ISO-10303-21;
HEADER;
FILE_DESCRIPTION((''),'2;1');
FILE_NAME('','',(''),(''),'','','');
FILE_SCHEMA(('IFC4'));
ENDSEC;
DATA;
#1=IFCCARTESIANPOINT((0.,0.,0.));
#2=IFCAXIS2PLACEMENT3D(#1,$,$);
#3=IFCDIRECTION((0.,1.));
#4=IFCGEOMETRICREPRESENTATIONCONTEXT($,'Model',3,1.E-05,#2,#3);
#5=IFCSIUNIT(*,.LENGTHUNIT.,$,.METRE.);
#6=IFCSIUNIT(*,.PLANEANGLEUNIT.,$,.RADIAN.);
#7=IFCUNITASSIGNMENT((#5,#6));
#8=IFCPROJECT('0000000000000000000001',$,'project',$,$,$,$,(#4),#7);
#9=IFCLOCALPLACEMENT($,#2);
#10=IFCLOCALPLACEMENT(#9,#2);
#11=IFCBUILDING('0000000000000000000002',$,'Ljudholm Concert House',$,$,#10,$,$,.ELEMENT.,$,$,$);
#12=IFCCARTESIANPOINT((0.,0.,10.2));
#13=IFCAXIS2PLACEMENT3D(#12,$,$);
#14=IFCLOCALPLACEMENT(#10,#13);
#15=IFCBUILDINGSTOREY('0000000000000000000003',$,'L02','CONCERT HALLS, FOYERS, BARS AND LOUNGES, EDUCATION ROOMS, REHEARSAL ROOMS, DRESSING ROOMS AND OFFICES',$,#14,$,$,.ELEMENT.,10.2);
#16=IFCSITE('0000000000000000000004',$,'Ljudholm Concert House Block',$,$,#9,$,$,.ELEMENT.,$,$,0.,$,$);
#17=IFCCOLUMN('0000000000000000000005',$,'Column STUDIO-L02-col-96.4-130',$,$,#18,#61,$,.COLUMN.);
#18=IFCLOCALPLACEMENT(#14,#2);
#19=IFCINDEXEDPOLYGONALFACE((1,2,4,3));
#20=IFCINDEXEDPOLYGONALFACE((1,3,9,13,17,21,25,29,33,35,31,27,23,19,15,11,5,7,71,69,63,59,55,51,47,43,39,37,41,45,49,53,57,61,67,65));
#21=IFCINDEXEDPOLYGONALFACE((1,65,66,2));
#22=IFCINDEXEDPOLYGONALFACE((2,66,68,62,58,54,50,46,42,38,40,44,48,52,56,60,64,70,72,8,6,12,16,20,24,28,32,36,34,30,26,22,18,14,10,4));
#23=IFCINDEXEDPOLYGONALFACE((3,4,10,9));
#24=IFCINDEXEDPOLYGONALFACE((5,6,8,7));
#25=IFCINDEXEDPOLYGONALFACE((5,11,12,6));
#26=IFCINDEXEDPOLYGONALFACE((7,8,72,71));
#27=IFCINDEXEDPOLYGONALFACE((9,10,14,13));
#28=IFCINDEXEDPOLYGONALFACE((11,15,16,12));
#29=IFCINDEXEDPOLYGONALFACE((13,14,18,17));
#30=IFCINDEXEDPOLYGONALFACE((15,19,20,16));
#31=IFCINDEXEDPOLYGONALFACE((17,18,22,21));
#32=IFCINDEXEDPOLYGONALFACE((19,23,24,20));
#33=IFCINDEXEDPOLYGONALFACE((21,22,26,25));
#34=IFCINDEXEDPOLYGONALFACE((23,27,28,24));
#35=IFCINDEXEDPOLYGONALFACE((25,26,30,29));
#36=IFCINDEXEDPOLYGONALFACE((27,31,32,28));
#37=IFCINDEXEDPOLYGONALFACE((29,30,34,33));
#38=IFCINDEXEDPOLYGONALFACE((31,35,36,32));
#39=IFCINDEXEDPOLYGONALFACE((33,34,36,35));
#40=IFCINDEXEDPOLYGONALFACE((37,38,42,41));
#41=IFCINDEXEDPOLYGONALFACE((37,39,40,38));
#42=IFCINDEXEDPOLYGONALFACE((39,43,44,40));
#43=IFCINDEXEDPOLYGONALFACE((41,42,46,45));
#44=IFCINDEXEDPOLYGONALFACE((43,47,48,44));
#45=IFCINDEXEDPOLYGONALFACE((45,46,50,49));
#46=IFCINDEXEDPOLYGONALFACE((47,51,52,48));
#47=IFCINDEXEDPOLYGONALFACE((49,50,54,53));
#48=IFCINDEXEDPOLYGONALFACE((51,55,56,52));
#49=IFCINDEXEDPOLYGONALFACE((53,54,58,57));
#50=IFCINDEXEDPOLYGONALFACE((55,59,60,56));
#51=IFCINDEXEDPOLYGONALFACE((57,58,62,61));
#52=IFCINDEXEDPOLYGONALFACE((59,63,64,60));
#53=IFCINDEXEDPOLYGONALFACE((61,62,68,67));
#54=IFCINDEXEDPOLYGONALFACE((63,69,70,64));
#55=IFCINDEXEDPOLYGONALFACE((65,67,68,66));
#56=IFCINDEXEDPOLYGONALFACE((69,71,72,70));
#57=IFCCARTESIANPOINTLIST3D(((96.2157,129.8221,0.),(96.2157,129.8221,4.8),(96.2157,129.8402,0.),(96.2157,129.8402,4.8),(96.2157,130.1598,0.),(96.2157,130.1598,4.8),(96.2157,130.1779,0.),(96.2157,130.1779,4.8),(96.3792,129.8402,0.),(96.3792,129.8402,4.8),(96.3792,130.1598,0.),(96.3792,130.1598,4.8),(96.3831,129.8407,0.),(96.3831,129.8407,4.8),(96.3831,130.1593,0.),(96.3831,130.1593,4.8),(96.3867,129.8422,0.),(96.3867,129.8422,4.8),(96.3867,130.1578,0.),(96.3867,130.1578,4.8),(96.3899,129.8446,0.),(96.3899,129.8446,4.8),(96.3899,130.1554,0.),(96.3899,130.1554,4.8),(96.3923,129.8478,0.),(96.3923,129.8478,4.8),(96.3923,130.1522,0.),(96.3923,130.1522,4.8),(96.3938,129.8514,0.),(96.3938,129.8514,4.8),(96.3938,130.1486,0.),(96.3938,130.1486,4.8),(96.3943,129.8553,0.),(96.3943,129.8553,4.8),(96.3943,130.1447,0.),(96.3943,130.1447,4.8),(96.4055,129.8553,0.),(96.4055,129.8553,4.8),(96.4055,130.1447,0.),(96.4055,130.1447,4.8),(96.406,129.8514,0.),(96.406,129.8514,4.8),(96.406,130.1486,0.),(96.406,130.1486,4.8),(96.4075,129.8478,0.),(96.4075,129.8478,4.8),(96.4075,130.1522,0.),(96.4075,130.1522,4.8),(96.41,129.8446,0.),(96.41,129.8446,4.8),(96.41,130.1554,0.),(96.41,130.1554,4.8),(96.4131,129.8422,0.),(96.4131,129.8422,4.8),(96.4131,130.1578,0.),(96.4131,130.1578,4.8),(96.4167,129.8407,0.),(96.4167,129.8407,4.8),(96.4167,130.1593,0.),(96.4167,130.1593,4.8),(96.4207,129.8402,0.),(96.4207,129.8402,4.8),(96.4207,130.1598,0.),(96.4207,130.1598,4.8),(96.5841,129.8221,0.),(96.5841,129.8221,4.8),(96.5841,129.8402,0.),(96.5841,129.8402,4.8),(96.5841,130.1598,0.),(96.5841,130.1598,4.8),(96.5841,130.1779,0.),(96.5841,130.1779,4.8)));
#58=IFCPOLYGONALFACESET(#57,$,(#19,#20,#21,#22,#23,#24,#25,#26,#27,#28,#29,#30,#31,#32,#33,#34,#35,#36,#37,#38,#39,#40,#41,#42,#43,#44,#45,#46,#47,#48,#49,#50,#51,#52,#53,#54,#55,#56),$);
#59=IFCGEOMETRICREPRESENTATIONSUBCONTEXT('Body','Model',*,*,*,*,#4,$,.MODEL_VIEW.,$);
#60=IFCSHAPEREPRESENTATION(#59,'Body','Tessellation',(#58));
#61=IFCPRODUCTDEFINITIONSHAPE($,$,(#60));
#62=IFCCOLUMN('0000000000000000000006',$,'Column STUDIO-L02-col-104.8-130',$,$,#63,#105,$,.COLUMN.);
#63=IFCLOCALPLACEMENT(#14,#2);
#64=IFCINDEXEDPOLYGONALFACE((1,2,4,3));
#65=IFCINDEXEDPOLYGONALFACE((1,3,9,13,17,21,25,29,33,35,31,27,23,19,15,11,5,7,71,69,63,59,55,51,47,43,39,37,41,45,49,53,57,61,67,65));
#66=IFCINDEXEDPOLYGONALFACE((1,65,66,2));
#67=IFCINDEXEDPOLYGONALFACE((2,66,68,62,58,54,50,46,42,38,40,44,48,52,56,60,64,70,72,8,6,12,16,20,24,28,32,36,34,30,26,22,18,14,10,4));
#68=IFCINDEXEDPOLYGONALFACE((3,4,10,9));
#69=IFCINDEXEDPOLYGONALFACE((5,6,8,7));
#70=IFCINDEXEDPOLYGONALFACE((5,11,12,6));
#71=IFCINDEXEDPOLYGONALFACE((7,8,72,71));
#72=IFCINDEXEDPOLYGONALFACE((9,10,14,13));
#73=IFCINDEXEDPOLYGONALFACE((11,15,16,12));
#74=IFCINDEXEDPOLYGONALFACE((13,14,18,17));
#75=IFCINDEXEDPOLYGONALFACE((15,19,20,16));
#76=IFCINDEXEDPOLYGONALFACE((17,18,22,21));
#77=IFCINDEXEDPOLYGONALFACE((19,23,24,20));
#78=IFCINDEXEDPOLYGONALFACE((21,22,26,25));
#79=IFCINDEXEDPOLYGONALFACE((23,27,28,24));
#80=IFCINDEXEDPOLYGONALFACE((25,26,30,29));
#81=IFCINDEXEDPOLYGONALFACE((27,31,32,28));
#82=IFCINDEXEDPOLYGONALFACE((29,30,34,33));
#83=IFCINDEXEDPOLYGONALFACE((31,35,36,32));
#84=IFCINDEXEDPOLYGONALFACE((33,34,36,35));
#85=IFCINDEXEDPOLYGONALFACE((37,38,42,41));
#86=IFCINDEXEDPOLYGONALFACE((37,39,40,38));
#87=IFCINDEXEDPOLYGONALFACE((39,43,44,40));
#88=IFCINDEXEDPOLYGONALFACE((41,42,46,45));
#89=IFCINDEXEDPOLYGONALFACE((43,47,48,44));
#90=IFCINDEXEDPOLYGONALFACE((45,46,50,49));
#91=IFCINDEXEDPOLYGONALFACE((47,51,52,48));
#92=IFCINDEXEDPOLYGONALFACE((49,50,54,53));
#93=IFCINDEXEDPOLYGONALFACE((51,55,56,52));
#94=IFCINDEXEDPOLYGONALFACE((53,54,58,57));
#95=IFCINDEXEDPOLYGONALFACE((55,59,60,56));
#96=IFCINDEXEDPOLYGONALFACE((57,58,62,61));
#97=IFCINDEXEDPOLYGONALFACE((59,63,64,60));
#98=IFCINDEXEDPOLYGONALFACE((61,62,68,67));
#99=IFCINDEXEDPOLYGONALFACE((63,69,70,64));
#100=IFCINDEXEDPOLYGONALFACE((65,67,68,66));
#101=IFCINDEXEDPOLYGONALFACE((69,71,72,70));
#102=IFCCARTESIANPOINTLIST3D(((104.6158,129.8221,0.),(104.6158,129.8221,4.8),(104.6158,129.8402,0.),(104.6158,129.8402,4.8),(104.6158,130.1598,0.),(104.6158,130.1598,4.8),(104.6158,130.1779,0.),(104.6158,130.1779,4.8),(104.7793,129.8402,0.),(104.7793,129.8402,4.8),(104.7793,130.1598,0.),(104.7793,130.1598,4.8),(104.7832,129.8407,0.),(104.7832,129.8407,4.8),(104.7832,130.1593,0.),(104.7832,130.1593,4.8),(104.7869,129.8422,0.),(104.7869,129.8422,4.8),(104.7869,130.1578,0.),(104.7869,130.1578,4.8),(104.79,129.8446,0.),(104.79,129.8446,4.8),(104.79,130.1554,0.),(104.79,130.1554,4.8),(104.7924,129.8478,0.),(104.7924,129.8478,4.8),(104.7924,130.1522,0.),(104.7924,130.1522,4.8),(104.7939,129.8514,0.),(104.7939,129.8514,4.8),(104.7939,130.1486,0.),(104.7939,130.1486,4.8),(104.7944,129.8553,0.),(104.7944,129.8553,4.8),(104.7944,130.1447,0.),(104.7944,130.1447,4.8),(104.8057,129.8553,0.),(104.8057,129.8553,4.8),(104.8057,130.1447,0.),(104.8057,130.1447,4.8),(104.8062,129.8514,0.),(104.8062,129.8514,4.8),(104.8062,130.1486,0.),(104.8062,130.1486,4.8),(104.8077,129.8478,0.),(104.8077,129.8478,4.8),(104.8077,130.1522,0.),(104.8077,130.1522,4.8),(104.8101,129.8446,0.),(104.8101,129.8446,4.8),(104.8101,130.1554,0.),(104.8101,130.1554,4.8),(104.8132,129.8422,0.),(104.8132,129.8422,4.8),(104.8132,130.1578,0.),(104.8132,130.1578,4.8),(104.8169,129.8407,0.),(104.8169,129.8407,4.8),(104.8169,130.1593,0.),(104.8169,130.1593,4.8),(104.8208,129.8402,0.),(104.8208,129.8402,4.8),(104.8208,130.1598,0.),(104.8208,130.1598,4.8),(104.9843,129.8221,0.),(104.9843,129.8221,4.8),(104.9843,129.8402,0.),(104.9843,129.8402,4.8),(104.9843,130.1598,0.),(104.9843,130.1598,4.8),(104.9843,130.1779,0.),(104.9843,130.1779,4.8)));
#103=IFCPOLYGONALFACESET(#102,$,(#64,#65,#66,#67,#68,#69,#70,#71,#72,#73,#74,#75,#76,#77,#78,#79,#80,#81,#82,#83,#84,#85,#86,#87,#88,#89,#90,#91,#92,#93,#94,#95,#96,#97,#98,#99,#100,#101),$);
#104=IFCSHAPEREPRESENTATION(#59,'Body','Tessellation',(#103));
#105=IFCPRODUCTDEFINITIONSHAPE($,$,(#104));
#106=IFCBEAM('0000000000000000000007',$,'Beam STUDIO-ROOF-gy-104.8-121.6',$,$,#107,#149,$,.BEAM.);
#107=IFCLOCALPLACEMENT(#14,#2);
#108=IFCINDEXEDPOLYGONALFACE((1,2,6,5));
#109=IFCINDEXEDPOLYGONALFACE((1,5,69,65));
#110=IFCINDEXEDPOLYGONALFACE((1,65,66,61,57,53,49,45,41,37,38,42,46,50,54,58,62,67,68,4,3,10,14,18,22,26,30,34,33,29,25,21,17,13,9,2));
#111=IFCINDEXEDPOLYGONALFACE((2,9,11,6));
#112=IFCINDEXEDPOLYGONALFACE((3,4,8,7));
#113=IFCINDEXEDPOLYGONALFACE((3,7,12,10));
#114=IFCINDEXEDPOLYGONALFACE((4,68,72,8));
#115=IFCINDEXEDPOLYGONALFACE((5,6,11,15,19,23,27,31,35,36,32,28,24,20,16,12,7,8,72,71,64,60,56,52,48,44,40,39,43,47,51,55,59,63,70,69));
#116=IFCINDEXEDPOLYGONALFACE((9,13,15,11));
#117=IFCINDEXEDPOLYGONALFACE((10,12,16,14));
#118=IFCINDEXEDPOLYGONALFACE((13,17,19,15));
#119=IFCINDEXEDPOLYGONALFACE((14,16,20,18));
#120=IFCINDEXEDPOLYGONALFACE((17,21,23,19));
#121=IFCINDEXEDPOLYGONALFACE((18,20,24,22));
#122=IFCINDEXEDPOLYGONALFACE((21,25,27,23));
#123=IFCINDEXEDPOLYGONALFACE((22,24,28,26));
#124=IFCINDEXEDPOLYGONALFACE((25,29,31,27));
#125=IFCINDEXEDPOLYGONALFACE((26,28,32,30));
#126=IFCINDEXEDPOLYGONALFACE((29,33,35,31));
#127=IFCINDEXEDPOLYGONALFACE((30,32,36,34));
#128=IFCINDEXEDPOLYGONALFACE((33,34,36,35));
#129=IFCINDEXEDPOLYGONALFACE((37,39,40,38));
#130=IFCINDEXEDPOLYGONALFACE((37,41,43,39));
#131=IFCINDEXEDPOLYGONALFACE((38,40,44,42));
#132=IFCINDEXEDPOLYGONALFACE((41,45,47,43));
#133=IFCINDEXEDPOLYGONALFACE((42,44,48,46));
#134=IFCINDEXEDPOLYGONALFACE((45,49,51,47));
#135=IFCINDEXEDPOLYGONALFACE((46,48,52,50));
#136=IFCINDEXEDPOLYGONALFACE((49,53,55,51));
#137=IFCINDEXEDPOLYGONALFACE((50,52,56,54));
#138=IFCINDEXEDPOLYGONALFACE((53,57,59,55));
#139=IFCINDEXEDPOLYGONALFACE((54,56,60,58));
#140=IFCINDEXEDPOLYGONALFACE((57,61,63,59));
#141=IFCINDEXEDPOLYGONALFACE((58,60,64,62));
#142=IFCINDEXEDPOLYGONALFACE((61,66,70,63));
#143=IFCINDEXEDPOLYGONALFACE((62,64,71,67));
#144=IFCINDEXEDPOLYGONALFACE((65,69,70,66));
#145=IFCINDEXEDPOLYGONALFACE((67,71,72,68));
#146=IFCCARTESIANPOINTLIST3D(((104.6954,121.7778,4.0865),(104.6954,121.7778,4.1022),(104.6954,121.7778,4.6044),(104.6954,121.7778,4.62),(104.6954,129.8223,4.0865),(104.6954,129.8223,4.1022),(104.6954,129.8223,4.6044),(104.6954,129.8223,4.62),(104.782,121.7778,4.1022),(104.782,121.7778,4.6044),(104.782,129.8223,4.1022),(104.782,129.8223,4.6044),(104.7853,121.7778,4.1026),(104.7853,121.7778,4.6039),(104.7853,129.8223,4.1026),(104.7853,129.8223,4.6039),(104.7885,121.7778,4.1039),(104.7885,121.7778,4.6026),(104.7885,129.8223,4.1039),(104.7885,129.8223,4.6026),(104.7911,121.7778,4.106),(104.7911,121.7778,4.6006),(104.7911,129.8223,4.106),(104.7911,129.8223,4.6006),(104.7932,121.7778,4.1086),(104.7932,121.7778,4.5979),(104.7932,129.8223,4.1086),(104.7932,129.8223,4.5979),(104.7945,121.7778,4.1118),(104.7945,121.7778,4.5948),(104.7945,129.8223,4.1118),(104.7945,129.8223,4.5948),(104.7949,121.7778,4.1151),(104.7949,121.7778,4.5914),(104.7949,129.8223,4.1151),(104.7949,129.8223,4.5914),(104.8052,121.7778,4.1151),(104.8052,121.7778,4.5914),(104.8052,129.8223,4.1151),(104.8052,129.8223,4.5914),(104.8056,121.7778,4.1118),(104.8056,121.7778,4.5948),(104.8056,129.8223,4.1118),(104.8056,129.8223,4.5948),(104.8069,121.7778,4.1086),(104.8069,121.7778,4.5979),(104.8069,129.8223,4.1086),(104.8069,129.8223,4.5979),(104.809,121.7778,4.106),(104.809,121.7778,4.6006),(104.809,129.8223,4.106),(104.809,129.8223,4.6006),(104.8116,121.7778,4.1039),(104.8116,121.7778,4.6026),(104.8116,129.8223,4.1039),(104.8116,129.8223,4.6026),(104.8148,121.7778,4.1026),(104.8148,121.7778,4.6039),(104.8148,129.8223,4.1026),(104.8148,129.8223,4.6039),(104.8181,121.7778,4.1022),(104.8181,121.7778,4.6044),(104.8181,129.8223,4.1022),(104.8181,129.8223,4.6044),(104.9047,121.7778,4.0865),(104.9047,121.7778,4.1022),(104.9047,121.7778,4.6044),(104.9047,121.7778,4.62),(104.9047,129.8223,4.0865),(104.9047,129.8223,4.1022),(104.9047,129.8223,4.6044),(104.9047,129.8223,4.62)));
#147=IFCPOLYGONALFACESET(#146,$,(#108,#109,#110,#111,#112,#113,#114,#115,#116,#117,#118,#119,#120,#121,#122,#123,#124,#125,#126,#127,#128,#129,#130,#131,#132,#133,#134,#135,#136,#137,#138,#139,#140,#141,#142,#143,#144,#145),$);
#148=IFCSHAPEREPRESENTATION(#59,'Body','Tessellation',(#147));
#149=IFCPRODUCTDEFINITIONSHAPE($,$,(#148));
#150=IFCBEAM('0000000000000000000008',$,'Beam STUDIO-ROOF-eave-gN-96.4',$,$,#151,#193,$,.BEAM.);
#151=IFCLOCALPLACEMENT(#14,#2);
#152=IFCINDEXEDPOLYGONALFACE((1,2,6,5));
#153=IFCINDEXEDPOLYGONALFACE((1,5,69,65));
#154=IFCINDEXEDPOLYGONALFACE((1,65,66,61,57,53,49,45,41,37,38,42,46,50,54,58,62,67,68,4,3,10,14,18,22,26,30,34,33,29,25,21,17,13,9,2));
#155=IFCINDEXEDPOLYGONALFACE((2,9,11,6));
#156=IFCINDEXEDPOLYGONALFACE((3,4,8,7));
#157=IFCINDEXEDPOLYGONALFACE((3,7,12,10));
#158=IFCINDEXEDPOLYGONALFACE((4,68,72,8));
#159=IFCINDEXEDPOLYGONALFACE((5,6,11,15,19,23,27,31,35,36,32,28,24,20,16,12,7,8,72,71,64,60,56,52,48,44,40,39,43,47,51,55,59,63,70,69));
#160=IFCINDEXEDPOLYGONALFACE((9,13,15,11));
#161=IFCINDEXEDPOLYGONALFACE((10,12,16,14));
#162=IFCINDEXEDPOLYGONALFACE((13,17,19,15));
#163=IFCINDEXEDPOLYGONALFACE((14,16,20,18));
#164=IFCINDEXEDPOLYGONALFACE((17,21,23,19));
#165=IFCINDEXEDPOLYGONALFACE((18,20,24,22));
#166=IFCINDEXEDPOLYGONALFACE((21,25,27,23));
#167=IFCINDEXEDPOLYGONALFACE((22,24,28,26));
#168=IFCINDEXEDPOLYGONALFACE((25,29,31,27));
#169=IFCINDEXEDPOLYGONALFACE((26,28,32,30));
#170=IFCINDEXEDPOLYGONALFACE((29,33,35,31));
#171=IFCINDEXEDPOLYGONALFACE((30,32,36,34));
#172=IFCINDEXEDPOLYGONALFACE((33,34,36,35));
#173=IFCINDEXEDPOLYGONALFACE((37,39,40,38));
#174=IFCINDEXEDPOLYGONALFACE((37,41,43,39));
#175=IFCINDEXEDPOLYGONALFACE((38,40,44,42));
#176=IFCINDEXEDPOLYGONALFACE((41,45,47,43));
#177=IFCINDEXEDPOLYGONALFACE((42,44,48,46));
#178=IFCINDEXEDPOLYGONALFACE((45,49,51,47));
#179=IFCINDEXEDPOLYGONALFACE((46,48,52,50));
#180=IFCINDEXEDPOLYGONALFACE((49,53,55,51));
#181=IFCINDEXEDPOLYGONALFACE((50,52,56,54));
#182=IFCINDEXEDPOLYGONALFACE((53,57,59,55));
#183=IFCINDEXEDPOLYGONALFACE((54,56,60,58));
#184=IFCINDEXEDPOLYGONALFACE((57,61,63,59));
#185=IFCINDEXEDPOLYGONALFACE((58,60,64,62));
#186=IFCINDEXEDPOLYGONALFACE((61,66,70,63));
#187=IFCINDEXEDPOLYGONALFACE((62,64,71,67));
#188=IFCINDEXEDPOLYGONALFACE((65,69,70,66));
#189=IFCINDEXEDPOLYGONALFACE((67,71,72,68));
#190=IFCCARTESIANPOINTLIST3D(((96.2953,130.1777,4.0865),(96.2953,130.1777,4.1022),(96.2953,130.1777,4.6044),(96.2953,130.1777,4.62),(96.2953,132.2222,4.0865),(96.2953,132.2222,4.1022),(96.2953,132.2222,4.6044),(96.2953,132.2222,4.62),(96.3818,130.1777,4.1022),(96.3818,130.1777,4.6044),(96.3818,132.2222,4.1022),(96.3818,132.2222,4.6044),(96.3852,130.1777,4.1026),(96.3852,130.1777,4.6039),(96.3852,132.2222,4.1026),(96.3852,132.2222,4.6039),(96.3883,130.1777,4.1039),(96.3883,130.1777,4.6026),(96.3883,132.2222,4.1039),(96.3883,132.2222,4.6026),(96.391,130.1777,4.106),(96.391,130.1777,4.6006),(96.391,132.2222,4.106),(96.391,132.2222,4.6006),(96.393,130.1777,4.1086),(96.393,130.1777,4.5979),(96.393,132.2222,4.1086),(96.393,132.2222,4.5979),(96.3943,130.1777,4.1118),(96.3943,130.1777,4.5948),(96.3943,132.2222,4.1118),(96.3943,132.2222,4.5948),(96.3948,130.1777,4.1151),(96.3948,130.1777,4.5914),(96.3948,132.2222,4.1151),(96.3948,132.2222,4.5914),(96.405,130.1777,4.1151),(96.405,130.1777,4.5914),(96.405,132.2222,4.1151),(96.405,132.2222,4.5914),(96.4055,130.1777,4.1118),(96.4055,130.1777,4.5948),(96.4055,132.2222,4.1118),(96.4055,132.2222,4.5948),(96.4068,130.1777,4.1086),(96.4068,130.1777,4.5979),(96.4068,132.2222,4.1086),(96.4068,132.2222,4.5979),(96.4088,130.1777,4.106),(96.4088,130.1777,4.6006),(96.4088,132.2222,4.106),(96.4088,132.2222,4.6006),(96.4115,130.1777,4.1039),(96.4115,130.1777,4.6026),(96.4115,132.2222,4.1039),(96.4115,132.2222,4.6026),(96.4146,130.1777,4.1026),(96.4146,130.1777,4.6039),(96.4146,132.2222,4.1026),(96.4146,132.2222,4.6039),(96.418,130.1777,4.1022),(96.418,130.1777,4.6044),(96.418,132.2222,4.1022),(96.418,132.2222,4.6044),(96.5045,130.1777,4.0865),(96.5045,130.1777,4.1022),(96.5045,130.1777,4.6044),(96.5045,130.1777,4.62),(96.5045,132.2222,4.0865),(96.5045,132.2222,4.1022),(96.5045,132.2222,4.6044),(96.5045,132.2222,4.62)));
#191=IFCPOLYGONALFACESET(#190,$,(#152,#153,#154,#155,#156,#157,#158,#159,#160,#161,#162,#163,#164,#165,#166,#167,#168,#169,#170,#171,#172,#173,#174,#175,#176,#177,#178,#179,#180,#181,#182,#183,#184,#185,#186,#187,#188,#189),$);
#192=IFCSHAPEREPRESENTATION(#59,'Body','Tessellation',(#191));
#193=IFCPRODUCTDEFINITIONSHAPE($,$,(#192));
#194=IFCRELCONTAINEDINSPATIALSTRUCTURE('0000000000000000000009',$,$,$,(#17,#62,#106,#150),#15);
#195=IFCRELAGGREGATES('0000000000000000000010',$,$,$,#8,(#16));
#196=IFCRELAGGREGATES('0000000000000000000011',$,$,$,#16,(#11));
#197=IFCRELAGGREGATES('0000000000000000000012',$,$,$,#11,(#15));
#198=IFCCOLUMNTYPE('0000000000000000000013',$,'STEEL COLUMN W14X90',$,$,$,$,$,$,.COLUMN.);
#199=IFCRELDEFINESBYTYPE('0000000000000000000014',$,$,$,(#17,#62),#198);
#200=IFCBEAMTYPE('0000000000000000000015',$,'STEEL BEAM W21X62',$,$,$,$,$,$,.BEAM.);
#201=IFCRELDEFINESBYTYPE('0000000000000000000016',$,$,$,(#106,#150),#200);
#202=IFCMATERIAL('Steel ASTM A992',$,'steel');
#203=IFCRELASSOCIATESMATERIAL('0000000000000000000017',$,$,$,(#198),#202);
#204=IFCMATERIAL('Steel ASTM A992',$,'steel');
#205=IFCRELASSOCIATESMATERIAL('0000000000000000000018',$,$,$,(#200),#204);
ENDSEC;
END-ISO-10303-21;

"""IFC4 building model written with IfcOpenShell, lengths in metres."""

from ifc_helpers import new_model, si_unit, direction, frame, origin, origin_2d, place, context, subcontext, project, spatial, i_section, extrude, material, material_profile, profile_set, type_object, element, save


model = new_model("IFC4")

# Units and contexts
model_context = context("Model", 3, precision=1e-05, world=origin(), true_north=direction((0.0, 1.0)))
body_context = subcontext(model_context, "Body", "Model", "MODEL_VIEW")
ifc_project = project(units=[si_unit("LENGTHUNIT", "METRE"), si_unit("PLANEANGLEUNIT", "RADIAN")], contexts=[model_context])

# Site, building, storey
site_placement = place(None, origin())
site = spatial("IfcSite", under=ifc_project, at=site_placement, Name="Ljudholm Concert House Block", CompositionType="ELEMENT", RefElevation=0.0)
building_placement = place(site_placement, origin())
building = spatial("IfcBuilding", under=site, at=building_placement, Name="Ljudholm Concert House", CompositionType="ELEMENT")
storey_placement = place(building_placement, frame((0.0, 0.0, 10.2)))
storey = spatial("IfcBuildingStorey", under=building, at=storey_placement, Name="L02", Description="CONCERT HALLS, FOYERS, BARS AND LOUNGES, EDUCATION ROOMS, REHEARSAL ROOMS, DRESSING ROOMS AND OFFICES", CompositionType="ELEMENT", Elevation=10.2)

# Columns
ifc_material_1 = material(Name="Steel ASTM A992", Category="steel")
ifc_material_profile_1 = material_profile(ifc_material_1, i_section(OverallWidth=0.3684, OverallDepth=0.3557, WebThickness=0.0112, FlangeThickness=0.0181, FilletRadius=0.0151, at=origin_2d()), Name="W14X90")
ifc_profile_set_1 = profile_set([ifc_material_profile_1], Name="Steel ASTM A992")
column_type = type_object("IfcColumnType", Name="STEEL COLUMN W14X90", PredefinedType="COLUMN", material=ifc_profile_set_1)
for number, where, z_axis, x_axis, name in (
    (1, (96.3999, 130.0, 0.0), (0.0, 0.0, 1.0), (1.0, 0.0, 0.0), "Column STUDIO-L02-col-96.4-130"),
    (2, (104.8, 130.0, 0.0), (0.0, 0.0, 1.0), (1.0, 0.0, 0.0), "Column STUDIO-L02-col-104.8-130"),
):
    element("IfcColumn", number, at=place(storey_placement, frame(where, z_axis=z_axis, x_axis=x_axis)), inside=storey, type_object=column_type, Name=name, PredefinedType="COLUMN", context=body_context, shape_type="SweptSolid", body=[
        extrude(i_section(OverallWidth=0.3684, OverallDepth=0.3557, WebThickness=0.0112, FlangeThickness=0.0181, FilletRadius=0.0151, at=origin_2d()), origin(), (0.0, 0.0, 1.0), 4.8),
    ])

# Beams
ifc_material_2 = material(Name="Steel ASTM A992", Category="steel")
ifc_material_profile_2 = material_profile(ifc_material_2, i_section(OverallWidth=0.2092, OverallDepth=0.5334, WebThickness=0.0103, FlangeThickness=0.0156, FilletRadius=0.0129, at=origin_2d()), Name="W21X62")
ifc_profile_set_2 = profile_set([ifc_material_profile_2], Name="Steel ASTM A992")
beam_type_1 = type_object("IfcBeamType", Name="STEEL BEAM W21X62", PredefinedType="BEAM", material=ifc_profile_set_2)
beam_1_placement = place(storey_placement, frame((104.8, 121.7778, 4.3533), z_axis=(0.0, 1.0, 0.0), x_axis=(-1.0, 0.0, 0.0)))
element("IfcBeam", 3, at=beam_1_placement, inside=storey, type_object=beam_type_1, Name="Beam STUDIO-ROOF-gy-104.8-121.6", PredefinedType="BEAM", context=body_context, shape_type="SweptSolid", body=[
    extrude(i_section(OverallWidth=0.2092, OverallDepth=0.5334, WebThickness=0.0103, FlangeThickness=0.0156, FilletRadius=0.0129, at=origin_2d()), origin(), (0.0, 0.0, 1.0), 8.0444),
])
for number, where, z_axis, x_axis, name in (
    (4, (96.3999, 130.1777, 4.3533), (0.0, 1.0, 0.0), (-1.0, 0.0, 0.0), "Beam STUDIO-ROOF-eave-gN-96.4"),
):
    element("IfcBeam", number, at=place(storey_placement, frame(where, z_axis=z_axis, x_axis=x_axis)), inside=storey, type_object=beam_type_1, Name=name, PredefinedType="BEAM", context=body_context, shape_type="SweptSolid", body=[
        extrude(i_section(OverallWidth=0.2092, OverallDepth=0.5334, WebThickness=0.0103, FlangeThickness=0.0156, FilletRadius=0.0129, at=origin_2d()), origin(), (0.0, 0.0, 1.0), 2.0444),
    ])

save(model, "model.ifc")
